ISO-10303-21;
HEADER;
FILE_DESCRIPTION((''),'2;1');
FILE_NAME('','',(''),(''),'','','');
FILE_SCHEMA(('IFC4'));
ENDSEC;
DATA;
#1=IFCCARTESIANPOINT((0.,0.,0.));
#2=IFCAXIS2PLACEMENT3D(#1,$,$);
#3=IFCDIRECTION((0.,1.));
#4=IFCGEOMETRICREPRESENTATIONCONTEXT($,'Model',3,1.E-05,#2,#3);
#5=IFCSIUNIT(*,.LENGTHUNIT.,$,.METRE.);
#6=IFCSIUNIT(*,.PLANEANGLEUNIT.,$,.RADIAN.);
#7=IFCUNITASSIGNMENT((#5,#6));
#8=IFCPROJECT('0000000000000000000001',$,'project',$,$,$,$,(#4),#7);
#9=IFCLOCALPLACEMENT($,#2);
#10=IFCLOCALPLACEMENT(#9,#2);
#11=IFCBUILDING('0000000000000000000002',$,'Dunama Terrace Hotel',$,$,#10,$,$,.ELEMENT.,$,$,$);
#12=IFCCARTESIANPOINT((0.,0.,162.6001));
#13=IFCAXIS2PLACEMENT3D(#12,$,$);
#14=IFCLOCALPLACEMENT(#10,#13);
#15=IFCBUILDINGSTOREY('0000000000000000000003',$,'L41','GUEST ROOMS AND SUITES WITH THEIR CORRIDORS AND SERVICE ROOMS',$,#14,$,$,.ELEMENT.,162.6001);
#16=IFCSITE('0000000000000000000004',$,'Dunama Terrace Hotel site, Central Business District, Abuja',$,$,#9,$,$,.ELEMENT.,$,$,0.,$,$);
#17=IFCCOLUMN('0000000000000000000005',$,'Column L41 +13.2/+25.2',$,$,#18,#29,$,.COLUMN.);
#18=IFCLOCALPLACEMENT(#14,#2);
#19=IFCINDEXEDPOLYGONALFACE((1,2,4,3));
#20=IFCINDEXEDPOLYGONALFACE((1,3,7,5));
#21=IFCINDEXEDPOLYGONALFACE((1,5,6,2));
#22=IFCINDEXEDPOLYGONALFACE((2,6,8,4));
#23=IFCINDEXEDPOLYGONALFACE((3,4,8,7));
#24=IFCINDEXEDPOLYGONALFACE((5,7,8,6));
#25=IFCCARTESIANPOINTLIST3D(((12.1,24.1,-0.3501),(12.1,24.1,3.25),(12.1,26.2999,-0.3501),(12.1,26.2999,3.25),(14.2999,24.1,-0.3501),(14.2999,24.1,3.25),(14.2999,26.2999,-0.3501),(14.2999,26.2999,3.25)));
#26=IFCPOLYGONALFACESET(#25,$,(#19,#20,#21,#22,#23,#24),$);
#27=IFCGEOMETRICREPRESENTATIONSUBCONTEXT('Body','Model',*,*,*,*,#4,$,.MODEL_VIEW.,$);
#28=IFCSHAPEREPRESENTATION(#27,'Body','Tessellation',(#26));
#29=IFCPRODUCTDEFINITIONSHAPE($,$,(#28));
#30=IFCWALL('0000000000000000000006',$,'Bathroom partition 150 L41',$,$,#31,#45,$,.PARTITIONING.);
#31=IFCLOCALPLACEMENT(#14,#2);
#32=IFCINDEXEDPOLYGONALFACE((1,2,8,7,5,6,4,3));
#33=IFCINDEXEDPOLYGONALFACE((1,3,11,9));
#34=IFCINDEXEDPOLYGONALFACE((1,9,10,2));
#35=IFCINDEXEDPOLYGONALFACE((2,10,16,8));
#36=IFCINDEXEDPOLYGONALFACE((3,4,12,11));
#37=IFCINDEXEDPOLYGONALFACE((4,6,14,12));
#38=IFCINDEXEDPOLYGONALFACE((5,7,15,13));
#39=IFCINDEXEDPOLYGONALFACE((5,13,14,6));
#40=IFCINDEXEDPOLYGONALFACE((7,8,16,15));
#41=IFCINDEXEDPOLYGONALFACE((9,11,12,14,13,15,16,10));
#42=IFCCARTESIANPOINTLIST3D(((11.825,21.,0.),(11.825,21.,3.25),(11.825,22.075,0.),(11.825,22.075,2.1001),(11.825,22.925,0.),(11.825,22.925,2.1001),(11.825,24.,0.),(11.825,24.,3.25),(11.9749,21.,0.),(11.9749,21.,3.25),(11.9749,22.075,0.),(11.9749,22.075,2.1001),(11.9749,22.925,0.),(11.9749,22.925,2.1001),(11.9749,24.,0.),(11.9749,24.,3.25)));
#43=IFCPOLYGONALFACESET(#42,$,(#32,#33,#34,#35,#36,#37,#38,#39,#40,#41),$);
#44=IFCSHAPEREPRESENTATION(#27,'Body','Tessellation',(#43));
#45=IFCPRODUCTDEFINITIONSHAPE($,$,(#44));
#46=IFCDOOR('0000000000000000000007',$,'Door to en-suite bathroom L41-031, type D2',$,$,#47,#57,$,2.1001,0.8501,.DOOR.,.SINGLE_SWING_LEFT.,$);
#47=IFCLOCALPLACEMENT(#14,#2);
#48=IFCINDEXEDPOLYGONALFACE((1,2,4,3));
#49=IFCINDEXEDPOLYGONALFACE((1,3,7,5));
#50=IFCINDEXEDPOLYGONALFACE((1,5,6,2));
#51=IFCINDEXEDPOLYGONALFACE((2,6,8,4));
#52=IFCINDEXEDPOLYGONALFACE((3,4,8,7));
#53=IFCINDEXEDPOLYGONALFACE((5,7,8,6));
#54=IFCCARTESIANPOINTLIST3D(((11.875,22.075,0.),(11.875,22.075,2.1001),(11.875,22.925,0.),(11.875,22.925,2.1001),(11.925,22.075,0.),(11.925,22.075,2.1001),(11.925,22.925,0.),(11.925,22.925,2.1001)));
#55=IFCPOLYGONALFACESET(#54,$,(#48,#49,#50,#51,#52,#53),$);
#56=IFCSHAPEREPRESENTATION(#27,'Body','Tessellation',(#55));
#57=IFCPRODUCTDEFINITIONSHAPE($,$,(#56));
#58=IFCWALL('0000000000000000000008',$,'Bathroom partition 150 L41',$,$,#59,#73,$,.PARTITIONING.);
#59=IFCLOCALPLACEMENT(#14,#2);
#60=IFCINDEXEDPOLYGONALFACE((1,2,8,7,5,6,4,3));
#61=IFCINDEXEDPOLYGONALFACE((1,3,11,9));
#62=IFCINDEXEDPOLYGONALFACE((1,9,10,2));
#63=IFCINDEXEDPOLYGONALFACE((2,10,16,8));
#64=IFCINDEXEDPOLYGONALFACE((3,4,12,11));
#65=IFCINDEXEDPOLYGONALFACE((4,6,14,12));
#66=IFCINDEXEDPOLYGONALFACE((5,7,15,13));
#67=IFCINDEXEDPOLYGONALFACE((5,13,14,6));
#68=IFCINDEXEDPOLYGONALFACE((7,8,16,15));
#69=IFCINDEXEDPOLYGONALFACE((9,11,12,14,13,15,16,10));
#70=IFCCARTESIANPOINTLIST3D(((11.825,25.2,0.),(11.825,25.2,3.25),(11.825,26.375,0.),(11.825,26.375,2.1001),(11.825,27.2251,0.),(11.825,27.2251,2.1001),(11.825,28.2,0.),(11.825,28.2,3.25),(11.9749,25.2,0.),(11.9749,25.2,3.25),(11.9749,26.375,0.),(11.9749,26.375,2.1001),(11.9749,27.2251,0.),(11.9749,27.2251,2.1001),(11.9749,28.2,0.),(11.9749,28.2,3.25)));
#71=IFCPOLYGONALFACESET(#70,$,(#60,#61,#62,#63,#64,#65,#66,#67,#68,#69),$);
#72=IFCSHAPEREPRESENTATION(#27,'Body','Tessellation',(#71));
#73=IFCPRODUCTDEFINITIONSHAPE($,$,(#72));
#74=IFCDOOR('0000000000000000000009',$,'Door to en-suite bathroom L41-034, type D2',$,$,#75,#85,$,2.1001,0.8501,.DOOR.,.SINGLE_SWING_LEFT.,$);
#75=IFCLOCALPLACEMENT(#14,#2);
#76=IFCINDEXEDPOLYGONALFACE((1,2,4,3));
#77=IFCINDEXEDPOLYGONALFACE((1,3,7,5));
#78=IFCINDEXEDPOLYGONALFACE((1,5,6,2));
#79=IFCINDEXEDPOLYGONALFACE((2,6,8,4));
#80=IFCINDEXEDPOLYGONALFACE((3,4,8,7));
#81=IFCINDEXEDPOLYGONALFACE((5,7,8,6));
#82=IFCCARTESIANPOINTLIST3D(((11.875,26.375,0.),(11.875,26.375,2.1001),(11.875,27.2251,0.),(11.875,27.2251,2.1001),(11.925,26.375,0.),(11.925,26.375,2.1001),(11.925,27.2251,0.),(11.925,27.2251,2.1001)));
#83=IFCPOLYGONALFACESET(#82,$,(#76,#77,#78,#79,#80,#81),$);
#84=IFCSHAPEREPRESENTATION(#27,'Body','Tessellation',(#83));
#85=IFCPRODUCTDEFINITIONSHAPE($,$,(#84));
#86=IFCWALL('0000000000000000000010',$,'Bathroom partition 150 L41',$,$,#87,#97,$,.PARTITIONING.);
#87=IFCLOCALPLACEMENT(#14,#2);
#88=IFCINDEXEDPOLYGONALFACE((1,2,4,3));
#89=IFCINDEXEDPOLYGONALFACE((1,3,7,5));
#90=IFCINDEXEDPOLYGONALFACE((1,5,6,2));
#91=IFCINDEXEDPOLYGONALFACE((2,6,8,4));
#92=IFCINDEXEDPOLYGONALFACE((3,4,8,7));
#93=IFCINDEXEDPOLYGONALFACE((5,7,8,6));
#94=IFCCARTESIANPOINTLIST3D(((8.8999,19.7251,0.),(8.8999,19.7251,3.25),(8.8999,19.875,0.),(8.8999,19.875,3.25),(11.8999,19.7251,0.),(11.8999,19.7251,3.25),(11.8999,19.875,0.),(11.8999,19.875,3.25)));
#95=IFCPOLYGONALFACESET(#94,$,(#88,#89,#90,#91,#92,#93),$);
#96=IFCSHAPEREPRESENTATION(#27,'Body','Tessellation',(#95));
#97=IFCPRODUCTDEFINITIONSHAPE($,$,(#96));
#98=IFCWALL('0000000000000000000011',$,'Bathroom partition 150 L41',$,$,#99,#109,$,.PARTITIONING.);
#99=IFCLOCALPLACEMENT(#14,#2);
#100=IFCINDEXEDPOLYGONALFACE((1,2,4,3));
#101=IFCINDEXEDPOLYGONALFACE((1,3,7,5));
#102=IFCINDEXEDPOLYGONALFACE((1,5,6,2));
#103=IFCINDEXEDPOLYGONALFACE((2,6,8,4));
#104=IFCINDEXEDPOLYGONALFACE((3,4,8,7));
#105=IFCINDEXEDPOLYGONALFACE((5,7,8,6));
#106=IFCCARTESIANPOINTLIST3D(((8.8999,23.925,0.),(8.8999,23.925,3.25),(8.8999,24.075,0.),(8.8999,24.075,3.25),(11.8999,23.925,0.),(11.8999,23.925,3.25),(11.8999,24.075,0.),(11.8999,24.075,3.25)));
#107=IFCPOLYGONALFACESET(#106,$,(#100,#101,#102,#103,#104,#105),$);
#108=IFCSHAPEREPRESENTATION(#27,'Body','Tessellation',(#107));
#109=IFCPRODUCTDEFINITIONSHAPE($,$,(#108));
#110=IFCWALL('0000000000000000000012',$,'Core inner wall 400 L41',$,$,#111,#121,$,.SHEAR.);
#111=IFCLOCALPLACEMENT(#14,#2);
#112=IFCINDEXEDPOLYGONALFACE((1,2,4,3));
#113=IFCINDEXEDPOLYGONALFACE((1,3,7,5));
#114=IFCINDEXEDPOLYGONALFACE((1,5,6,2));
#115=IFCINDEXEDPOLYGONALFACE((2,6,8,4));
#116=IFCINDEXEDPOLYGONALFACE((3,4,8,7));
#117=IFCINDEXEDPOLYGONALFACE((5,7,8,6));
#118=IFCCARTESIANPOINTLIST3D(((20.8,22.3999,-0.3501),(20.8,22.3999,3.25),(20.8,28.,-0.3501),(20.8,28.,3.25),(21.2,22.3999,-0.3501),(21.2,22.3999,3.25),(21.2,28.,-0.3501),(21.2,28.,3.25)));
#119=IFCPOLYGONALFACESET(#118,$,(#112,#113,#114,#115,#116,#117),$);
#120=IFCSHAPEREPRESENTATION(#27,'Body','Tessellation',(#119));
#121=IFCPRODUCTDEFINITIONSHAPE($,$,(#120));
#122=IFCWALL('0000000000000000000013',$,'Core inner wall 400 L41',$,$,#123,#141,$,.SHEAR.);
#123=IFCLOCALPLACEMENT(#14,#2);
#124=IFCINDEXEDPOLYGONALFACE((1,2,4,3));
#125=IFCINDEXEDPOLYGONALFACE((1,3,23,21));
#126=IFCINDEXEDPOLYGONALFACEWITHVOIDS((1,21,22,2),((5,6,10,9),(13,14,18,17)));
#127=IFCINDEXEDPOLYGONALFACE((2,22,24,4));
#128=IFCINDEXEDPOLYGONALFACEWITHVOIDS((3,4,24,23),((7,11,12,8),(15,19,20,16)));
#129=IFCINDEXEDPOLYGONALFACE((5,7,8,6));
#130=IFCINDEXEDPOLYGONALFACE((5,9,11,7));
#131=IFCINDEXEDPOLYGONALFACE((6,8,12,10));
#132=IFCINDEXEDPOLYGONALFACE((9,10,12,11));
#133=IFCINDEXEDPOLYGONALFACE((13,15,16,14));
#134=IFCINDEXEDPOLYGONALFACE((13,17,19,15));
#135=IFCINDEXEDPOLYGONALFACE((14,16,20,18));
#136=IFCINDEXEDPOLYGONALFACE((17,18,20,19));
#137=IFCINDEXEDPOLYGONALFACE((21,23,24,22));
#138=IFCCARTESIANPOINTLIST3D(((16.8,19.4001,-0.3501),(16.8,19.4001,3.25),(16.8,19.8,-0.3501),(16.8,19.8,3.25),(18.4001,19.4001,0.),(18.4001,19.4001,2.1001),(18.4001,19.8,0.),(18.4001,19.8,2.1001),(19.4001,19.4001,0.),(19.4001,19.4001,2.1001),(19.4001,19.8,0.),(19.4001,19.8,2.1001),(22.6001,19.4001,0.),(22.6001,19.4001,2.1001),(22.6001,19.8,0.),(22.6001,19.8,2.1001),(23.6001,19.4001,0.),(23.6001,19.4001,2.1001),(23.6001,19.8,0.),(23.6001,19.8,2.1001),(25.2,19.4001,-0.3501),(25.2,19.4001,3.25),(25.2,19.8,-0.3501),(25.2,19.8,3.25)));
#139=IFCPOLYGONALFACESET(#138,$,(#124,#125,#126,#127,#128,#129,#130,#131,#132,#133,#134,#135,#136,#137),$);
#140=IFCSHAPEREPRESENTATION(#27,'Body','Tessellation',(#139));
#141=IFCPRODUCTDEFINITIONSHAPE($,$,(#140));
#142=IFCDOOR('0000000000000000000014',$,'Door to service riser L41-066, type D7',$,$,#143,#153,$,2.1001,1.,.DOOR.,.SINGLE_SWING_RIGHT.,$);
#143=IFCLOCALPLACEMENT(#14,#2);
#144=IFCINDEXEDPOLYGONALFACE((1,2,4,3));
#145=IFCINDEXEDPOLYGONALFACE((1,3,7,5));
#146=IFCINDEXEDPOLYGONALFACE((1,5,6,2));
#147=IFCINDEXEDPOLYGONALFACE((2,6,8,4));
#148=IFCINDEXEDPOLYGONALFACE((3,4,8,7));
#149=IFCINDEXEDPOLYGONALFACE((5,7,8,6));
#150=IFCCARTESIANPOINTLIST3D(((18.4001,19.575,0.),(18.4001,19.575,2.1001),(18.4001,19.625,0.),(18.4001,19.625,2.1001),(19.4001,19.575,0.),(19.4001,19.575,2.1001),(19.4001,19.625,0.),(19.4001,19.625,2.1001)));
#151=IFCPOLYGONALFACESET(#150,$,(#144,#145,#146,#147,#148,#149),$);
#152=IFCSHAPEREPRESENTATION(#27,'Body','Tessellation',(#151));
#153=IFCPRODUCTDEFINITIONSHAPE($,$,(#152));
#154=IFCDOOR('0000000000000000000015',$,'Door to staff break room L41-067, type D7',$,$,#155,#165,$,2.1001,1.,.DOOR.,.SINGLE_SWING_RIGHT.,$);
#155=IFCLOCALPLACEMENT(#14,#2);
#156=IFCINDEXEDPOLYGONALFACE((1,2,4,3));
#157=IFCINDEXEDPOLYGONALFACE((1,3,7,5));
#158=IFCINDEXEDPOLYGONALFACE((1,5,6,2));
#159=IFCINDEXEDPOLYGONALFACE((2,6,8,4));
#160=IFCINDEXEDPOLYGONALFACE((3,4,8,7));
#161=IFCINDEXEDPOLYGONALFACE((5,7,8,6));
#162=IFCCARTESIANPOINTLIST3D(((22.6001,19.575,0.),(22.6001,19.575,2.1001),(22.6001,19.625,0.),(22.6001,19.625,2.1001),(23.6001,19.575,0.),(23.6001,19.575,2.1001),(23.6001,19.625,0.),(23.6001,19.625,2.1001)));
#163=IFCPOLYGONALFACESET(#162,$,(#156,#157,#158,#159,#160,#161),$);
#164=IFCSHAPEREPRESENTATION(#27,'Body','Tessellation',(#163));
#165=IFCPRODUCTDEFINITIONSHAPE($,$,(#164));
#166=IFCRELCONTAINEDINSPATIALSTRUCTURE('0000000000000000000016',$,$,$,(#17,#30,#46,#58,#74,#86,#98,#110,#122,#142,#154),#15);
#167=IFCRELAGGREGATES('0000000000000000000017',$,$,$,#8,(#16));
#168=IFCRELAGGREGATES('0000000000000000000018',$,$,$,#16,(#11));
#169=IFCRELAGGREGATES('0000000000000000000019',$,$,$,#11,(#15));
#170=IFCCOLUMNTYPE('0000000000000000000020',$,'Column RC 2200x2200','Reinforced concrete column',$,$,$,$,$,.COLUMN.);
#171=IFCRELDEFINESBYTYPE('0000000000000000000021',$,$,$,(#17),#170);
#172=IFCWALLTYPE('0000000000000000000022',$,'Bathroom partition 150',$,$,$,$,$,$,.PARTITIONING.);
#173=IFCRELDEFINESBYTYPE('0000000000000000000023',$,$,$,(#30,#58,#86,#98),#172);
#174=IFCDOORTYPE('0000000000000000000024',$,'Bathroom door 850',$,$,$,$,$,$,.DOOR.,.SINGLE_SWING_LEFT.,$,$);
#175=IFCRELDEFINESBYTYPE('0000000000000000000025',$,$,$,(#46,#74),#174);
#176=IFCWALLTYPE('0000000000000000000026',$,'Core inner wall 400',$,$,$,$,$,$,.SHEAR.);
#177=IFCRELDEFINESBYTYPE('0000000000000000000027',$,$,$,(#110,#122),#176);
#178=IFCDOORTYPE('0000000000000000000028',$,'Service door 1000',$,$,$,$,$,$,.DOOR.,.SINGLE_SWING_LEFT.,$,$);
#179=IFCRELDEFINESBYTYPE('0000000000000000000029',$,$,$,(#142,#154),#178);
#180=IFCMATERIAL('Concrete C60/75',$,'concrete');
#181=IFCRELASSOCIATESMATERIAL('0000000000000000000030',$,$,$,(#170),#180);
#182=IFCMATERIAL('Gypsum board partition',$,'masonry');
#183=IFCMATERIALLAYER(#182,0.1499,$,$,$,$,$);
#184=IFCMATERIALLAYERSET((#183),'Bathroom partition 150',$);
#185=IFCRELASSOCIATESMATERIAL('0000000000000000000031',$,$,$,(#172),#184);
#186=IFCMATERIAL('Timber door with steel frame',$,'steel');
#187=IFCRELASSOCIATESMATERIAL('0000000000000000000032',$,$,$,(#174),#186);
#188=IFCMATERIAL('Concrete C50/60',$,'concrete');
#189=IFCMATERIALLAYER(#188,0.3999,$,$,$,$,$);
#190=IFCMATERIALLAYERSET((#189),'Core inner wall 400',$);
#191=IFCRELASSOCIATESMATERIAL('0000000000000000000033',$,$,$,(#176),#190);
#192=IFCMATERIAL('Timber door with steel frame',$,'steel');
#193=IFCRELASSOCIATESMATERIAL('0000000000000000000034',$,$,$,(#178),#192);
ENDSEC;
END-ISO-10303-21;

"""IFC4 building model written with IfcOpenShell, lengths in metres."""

from ifc_helpers import new_model, si_unit, direction, frame, frame_2d, origin, origin_2d, place, context, subcontext, project, spatial, rectangle, extrude, material, layer, layer_set, material_profile, profile_set, type_object, element, fill, save


model = new_model("IFC4")

# Units and contexts
model_context = context("Model", 3, precision=1e-05, world=origin(), true_north=direction((0.0, 1.0)))
body_context = subcontext(model_context, "Body", "Model", "MODEL_VIEW")
ifc_project = project(units=[si_unit("LENGTHUNIT", "METRE"), si_unit("PLANEANGLEUNIT", "RADIAN")], contexts=[model_context])

# Site, building, storey
site_placement = place(None, origin())
site = spatial("IfcSite", under=ifc_project, at=site_placement, Name="Dunama Terrace Hotel site, Central Business District, Abuja", CompositionType="ELEMENT", RefElevation=0.0)
building_placement = place(site_placement, origin())
building = spatial("IfcBuilding", under=site, at=building_placement, Name="Dunama Terrace Hotel", CompositionType="ELEMENT")
storey_placement = place(building_placement, frame((0.0, 0.0, 162.6001)))
storey = spatial("IfcBuildingStorey", under=building, at=storey_placement, Name="L41", Description="GUEST ROOMS AND SUITES WITH THEIR CORRIDORS AND SERVICE ROOMS", CompositionType="ELEMENT", Elevation=162.6001)

# Column
ifc_material_1 = material(Name="Concrete C60/75", Category="concrete")
ifc_material_profile = material_profile(ifc_material_1, rectangle(XDim=2.2, YDim=2.2, at=origin_2d()), Name="RC 2200x2200")
ifc_profile_set = profile_set([ifc_material_profile], Name="Concrete C60/75")
column_type = type_object("IfcColumnType", Name="Column RC 2200x2200", Description="Reinforced concrete column", PredefinedType="COLUMN", material=ifc_profile_set)
column_placement = place(storey_placement, frame((13.2, 25.2, -0.3501), z_axis=(0.0, 0.0, 1.0), x_axis=(1.0, 0.0, 0.0)))
element("IfcColumn", 1, at=column_placement, inside=storey, type_object=column_type, Name="Column L41 +13.2/+25.2", PredefinedType="COLUMN", context=body_context, shape_type="SweptSolid", body=[
    extrude(rectangle(XDim=2.2, YDim=2.2, at=origin_2d()), origin(), (0.0, 0.0, 1.0), 3.6001),
])

# Walls, openings, doors
ifc_material_2 = material(Name="Gypsum board partition", Category="masonry")
ifc_layer_1 = layer(ifc_material_2, 0.1499)
ifc_layer_set_1 = layer_set([ifc_layer_1], Name="Bathroom partition 150")
wall_type_1 = type_object("IfcWallType", Name="Bathroom partition 150", PredefinedType="PARTITIONING", material=ifc_layer_set_1)
wall_1_placement = place(storey_placement, frame((11.8999, 21.0, 0.0), z_axis=(0.0, 0.0, 1.0), x_axis=(0.0, 1.0, 0.0)))
wall_1 = element("IfcWall", 2, at=wall_1_placement, inside=storey, type_object=wall_type_1, Name="Bathroom partition 150 L41", PredefinedType="PARTITIONING", context=body_context, shape_type="SweptSolid", body=[
    extrude(rectangle(XDim=3.0, YDim=0.1499, at=frame_2d((1.5, 0.0))), origin(), (0.0, 0.0, 1.0), 3.25),
])
opening_1_placement = place(wall_1_placement, frame((1.075, 0.0, 0.0)))
opening_1 = element("IfcOpeningElement", 3, at=opening_1_placement, cuts=wall_1, PredefinedType="OPENING", context=body_context, shape_type="SweptSolid", body=[
    extrude(rectangle(XDim=0.8501, YDim=2.1001, at=frame_2d((0.425, 1.05))), frame((0.0, 0.085, 0.0), z_axis=(0.0, -1.0, 0.0), x_axis=(1.0, 0.0, 0.0)), (0.0, 0.0, 1.0), 0.1699),
])
ifc_material_3 = material(Name="Timber door with steel frame", Category="steel")
door_type_1 = type_object("IfcDoorType", Name="Bathroom door 850", OperationType="SINGLE_SWING_LEFT", PredefinedType="DOOR", material=ifc_material_3)
door_1_placement = place(opening_1_placement, origin())
door_1 = element("IfcDoor", 4, at=door_1_placement, inside=storey, type_object=door_type_1, Name="Door to en-suite bathroom L41-031, type D2", OperationType="SINGLE_SWING_LEFT", OverallHeight=2.1001, OverallWidth=0.8501, PredefinedType="DOOR", context=body_context, shape_type="SweptSolid", body=[
    extrude(rectangle(XDim=0.8501, YDim=2.1001, at=frame_2d((0.425, 1.05))), frame((0.0, 0.0249, 0.0), z_axis=(0.0, -1.0, 0.0), x_axis=(1.0, 0.0, 0.0)), (0.0, 0.0, 1.0), 0.05),
])
fill(opening_1, door_1)
wall_2_placement = place(storey_placement, frame((11.8999, 25.2, 0.0), z_axis=(0.0, 0.0, 1.0), x_axis=(0.0, 1.0, 0.0)))
wall_2 = element("IfcWall", 5, at=wall_2_placement, inside=storey, type_object=wall_type_1, Name="Bathroom partition 150 L41", PredefinedType="PARTITIONING", context=body_context, shape_type="SweptSolid", body=[
    extrude(rectangle(XDim=3.0, YDim=0.1499, at=frame_2d((1.5, 0.0))), origin(), (0.0, 0.0, 1.0), 3.25),
])
opening_2_placement = place(wall_2_placement, frame((1.175, 0.0, 0.0)))
opening_2 = element("IfcOpeningElement", 6, at=opening_2_placement, cuts=wall_2, PredefinedType="OPENING", context=body_context, shape_type="SweptSolid", body=[
    extrude(rectangle(XDim=0.8501, YDim=2.1001, at=frame_2d((0.425, 1.05))), frame((0.0, 0.085, 0.0), z_axis=(0.0, -1.0, 0.0), x_axis=(1.0, 0.0, 0.0)), (0.0, 0.0, 1.0), 0.1699),
])
door_2_placement = place(opening_2_placement, origin())
door_2 = element("IfcDoor", 7, at=door_2_placement, inside=storey, type_object=door_type_1, Name="Door to en-suite bathroom L41-034, type D2", OperationType="SINGLE_SWING_LEFT", OverallHeight=2.1001, OverallWidth=0.8501, PredefinedType="DOOR", context=body_context, shape_type="SweptSolid", body=[
    extrude(rectangle(XDim=0.8501, YDim=2.1001, at=frame_2d((0.425, 1.05))), frame((0.0, 0.0249, 0.0), z_axis=(0.0, -1.0, 0.0), x_axis=(1.0, 0.0, 0.0)), (0.0, 0.0, 1.0), 0.05),
])
fill(opening_2, door_2)

# Walls
for number, where, z_axis, x_axis, name in (
    (8, (8.8999, 19.8, 0.0), (0.0, 0.0, 1.0), (1.0, 0.0, 0.0), "Bathroom partition 150 L41"),
    (9, (8.8999, 24.0, 0.0), (0.0, 0.0, 1.0), (1.0, 0.0, 0.0), "Bathroom partition 150 L41"),
):
    element("IfcWall", number, at=place(storey_placement, frame(where, z_axis=z_axis, x_axis=x_axis)), inside=storey, type_object=wall_type_1, Name=name, PredefinedType="PARTITIONING", context=body_context, shape_type="SweptSolid", body=[
        extrude(rectangle(XDim=3.0, YDim=0.1499, at=frame_2d((1.5, 0.0))), origin(), (0.0, 0.0, 1.0), 3.25),
    ])
ifc_material_4 = material(Name="Concrete C50/60", Category="concrete")
ifc_layer_2 = layer(ifc_material_4, 0.3999)
ifc_layer_set_2 = layer_set([ifc_layer_2], Name="Core inner wall 400")
wall_type_2 = type_object("IfcWallType", Name="Core inner wall 400", PredefinedType="SHEAR", material=ifc_layer_set_2)
wall_3_placement = place(storey_placement, frame((21.0, 22.3999, -0.3501), z_axis=(0.0, 0.0, 1.0), x_axis=(0.0, 1.0, 0.0)))
element("IfcWall", 10, at=wall_3_placement, inside=storey, type_object=wall_type_2, Name="Core inner wall 400 L41", PredefinedType="SHEAR", context=body_context, shape_type="SweptSolid", body=[
    extrude(rectangle(XDim=5.6001, YDim=0.3999, at=frame_2d((2.8, 0.0))), origin(), (0.0, 0.0, 1.0), 3.6001),
])

# Wall, openings, doors
wall_4_placement = place(storey_placement, frame((16.8, 19.6001, -0.3501), z_axis=(0.0, 0.0, 1.0), x_axis=(1.0, 0.0, 0.0)))
wall_4 = element("IfcWall", 11, at=wall_4_placement, inside=storey, type_object=wall_type_2, Name="Core inner wall 400 L41", PredefinedType="SHEAR", context=body_context, shape_type="SweptSolid", body=[
    extrude(rectangle(XDim=8.3999, YDim=0.3999, at=frame_2d((4.2, 0.0))), origin(), (0.0, 0.0, 1.0), 3.6001),
])
opening_3_placement = place(wall_4_placement, frame((1.6001, 0.0, 0.3501)))
opening_3 = element("IfcOpeningElement", 12, at=opening_3_placement, cuts=wall_4, PredefinedType="OPENING", context=body_context, shape_type="SweptSolid", body=[
    extrude(rectangle(XDim=1.0, YDim=2.1001, at=frame_2d((0.5, 1.05))), frame((0.0, 0.21, 0.0), z_axis=(0.0, -1.0, 0.0), x_axis=(1.0, 0.0, 0.0)), (0.0, 0.0, 1.0), 0.4199),
])
opening_4_placement = place(wall_4_placement, frame((5.8, 0.0, 0.3501)))
opening_4 = element("IfcOpeningElement", 13, at=opening_4_placement, cuts=wall_4, PredefinedType="OPENING", context=body_context, shape_type="SweptSolid", body=[
    extrude(rectangle(XDim=1.0, YDim=2.1001, at=frame_2d((0.5, 1.05))), frame((0.0, 0.21, 0.0), z_axis=(0.0, -1.0, 0.0), x_axis=(1.0, 0.0, 0.0)), (0.0, 0.0, 1.0), 0.4199),
])
ifc_material_5 = material(Name="Timber door with steel frame", Category="steel")
door_type_2 = type_object("IfcDoorType", Name="Service door 1000", OperationType="SINGLE_SWING_LEFT", PredefinedType="DOOR", material=ifc_material_5)
door_3_placement = place(opening_3_placement, frame((1.0, 0.0, 0.0), z_axis=(0.0, 0.0, 1.0), x_axis=(-1.0, 0.0, 0.0)))
door_3 = element("IfcDoor", 14, at=door_3_placement, inside=storey, type_object=door_type_2, Name="Door to service riser L41-066, type D7", OperationType="SINGLE_SWING_RIGHT", OverallHeight=2.1001, OverallWidth=1.0, PredefinedType="DOOR", context=body_context, shape_type="SweptSolid", body=[
    extrude(rectangle(XDim=1.0, YDim=2.1001, at=frame_2d((0.5, 1.05))), frame((0.0, 0.0251, 0.0), z_axis=(0.0, -1.0, 0.0), x_axis=(1.0, 0.0, 0.0)), (0.0, 0.0, 1.0), 0.05),
])
fill(opening_3, door_3)
door_4_placement = place(opening_4_placement, frame((1.0, 0.0, 0.0), z_axis=(0.0, 0.0, 1.0), x_axis=(-1.0, 0.0, 0.0)))
door_4 = element("IfcDoor", 15, at=door_4_placement, inside=storey, type_object=door_type_2, Name="Door to staff break room L41-067, type D7", OperationType="SINGLE_SWING_RIGHT", OverallHeight=2.1001, OverallWidth=1.0, PredefinedType="DOOR", context=body_context, shape_type="SweptSolid", body=[
    extrude(rectangle(XDim=1.0, YDim=2.1001, at=frame_2d((0.5, 1.05))), frame((0.0, 0.0251, 0.0), z_axis=(0.0, -1.0, 0.0), x_axis=(1.0, 0.0, 0.0)), (0.0, 0.0, 1.0), 0.05),
])
fill(opening_4, door_4)

save(model, "model.ifc")
